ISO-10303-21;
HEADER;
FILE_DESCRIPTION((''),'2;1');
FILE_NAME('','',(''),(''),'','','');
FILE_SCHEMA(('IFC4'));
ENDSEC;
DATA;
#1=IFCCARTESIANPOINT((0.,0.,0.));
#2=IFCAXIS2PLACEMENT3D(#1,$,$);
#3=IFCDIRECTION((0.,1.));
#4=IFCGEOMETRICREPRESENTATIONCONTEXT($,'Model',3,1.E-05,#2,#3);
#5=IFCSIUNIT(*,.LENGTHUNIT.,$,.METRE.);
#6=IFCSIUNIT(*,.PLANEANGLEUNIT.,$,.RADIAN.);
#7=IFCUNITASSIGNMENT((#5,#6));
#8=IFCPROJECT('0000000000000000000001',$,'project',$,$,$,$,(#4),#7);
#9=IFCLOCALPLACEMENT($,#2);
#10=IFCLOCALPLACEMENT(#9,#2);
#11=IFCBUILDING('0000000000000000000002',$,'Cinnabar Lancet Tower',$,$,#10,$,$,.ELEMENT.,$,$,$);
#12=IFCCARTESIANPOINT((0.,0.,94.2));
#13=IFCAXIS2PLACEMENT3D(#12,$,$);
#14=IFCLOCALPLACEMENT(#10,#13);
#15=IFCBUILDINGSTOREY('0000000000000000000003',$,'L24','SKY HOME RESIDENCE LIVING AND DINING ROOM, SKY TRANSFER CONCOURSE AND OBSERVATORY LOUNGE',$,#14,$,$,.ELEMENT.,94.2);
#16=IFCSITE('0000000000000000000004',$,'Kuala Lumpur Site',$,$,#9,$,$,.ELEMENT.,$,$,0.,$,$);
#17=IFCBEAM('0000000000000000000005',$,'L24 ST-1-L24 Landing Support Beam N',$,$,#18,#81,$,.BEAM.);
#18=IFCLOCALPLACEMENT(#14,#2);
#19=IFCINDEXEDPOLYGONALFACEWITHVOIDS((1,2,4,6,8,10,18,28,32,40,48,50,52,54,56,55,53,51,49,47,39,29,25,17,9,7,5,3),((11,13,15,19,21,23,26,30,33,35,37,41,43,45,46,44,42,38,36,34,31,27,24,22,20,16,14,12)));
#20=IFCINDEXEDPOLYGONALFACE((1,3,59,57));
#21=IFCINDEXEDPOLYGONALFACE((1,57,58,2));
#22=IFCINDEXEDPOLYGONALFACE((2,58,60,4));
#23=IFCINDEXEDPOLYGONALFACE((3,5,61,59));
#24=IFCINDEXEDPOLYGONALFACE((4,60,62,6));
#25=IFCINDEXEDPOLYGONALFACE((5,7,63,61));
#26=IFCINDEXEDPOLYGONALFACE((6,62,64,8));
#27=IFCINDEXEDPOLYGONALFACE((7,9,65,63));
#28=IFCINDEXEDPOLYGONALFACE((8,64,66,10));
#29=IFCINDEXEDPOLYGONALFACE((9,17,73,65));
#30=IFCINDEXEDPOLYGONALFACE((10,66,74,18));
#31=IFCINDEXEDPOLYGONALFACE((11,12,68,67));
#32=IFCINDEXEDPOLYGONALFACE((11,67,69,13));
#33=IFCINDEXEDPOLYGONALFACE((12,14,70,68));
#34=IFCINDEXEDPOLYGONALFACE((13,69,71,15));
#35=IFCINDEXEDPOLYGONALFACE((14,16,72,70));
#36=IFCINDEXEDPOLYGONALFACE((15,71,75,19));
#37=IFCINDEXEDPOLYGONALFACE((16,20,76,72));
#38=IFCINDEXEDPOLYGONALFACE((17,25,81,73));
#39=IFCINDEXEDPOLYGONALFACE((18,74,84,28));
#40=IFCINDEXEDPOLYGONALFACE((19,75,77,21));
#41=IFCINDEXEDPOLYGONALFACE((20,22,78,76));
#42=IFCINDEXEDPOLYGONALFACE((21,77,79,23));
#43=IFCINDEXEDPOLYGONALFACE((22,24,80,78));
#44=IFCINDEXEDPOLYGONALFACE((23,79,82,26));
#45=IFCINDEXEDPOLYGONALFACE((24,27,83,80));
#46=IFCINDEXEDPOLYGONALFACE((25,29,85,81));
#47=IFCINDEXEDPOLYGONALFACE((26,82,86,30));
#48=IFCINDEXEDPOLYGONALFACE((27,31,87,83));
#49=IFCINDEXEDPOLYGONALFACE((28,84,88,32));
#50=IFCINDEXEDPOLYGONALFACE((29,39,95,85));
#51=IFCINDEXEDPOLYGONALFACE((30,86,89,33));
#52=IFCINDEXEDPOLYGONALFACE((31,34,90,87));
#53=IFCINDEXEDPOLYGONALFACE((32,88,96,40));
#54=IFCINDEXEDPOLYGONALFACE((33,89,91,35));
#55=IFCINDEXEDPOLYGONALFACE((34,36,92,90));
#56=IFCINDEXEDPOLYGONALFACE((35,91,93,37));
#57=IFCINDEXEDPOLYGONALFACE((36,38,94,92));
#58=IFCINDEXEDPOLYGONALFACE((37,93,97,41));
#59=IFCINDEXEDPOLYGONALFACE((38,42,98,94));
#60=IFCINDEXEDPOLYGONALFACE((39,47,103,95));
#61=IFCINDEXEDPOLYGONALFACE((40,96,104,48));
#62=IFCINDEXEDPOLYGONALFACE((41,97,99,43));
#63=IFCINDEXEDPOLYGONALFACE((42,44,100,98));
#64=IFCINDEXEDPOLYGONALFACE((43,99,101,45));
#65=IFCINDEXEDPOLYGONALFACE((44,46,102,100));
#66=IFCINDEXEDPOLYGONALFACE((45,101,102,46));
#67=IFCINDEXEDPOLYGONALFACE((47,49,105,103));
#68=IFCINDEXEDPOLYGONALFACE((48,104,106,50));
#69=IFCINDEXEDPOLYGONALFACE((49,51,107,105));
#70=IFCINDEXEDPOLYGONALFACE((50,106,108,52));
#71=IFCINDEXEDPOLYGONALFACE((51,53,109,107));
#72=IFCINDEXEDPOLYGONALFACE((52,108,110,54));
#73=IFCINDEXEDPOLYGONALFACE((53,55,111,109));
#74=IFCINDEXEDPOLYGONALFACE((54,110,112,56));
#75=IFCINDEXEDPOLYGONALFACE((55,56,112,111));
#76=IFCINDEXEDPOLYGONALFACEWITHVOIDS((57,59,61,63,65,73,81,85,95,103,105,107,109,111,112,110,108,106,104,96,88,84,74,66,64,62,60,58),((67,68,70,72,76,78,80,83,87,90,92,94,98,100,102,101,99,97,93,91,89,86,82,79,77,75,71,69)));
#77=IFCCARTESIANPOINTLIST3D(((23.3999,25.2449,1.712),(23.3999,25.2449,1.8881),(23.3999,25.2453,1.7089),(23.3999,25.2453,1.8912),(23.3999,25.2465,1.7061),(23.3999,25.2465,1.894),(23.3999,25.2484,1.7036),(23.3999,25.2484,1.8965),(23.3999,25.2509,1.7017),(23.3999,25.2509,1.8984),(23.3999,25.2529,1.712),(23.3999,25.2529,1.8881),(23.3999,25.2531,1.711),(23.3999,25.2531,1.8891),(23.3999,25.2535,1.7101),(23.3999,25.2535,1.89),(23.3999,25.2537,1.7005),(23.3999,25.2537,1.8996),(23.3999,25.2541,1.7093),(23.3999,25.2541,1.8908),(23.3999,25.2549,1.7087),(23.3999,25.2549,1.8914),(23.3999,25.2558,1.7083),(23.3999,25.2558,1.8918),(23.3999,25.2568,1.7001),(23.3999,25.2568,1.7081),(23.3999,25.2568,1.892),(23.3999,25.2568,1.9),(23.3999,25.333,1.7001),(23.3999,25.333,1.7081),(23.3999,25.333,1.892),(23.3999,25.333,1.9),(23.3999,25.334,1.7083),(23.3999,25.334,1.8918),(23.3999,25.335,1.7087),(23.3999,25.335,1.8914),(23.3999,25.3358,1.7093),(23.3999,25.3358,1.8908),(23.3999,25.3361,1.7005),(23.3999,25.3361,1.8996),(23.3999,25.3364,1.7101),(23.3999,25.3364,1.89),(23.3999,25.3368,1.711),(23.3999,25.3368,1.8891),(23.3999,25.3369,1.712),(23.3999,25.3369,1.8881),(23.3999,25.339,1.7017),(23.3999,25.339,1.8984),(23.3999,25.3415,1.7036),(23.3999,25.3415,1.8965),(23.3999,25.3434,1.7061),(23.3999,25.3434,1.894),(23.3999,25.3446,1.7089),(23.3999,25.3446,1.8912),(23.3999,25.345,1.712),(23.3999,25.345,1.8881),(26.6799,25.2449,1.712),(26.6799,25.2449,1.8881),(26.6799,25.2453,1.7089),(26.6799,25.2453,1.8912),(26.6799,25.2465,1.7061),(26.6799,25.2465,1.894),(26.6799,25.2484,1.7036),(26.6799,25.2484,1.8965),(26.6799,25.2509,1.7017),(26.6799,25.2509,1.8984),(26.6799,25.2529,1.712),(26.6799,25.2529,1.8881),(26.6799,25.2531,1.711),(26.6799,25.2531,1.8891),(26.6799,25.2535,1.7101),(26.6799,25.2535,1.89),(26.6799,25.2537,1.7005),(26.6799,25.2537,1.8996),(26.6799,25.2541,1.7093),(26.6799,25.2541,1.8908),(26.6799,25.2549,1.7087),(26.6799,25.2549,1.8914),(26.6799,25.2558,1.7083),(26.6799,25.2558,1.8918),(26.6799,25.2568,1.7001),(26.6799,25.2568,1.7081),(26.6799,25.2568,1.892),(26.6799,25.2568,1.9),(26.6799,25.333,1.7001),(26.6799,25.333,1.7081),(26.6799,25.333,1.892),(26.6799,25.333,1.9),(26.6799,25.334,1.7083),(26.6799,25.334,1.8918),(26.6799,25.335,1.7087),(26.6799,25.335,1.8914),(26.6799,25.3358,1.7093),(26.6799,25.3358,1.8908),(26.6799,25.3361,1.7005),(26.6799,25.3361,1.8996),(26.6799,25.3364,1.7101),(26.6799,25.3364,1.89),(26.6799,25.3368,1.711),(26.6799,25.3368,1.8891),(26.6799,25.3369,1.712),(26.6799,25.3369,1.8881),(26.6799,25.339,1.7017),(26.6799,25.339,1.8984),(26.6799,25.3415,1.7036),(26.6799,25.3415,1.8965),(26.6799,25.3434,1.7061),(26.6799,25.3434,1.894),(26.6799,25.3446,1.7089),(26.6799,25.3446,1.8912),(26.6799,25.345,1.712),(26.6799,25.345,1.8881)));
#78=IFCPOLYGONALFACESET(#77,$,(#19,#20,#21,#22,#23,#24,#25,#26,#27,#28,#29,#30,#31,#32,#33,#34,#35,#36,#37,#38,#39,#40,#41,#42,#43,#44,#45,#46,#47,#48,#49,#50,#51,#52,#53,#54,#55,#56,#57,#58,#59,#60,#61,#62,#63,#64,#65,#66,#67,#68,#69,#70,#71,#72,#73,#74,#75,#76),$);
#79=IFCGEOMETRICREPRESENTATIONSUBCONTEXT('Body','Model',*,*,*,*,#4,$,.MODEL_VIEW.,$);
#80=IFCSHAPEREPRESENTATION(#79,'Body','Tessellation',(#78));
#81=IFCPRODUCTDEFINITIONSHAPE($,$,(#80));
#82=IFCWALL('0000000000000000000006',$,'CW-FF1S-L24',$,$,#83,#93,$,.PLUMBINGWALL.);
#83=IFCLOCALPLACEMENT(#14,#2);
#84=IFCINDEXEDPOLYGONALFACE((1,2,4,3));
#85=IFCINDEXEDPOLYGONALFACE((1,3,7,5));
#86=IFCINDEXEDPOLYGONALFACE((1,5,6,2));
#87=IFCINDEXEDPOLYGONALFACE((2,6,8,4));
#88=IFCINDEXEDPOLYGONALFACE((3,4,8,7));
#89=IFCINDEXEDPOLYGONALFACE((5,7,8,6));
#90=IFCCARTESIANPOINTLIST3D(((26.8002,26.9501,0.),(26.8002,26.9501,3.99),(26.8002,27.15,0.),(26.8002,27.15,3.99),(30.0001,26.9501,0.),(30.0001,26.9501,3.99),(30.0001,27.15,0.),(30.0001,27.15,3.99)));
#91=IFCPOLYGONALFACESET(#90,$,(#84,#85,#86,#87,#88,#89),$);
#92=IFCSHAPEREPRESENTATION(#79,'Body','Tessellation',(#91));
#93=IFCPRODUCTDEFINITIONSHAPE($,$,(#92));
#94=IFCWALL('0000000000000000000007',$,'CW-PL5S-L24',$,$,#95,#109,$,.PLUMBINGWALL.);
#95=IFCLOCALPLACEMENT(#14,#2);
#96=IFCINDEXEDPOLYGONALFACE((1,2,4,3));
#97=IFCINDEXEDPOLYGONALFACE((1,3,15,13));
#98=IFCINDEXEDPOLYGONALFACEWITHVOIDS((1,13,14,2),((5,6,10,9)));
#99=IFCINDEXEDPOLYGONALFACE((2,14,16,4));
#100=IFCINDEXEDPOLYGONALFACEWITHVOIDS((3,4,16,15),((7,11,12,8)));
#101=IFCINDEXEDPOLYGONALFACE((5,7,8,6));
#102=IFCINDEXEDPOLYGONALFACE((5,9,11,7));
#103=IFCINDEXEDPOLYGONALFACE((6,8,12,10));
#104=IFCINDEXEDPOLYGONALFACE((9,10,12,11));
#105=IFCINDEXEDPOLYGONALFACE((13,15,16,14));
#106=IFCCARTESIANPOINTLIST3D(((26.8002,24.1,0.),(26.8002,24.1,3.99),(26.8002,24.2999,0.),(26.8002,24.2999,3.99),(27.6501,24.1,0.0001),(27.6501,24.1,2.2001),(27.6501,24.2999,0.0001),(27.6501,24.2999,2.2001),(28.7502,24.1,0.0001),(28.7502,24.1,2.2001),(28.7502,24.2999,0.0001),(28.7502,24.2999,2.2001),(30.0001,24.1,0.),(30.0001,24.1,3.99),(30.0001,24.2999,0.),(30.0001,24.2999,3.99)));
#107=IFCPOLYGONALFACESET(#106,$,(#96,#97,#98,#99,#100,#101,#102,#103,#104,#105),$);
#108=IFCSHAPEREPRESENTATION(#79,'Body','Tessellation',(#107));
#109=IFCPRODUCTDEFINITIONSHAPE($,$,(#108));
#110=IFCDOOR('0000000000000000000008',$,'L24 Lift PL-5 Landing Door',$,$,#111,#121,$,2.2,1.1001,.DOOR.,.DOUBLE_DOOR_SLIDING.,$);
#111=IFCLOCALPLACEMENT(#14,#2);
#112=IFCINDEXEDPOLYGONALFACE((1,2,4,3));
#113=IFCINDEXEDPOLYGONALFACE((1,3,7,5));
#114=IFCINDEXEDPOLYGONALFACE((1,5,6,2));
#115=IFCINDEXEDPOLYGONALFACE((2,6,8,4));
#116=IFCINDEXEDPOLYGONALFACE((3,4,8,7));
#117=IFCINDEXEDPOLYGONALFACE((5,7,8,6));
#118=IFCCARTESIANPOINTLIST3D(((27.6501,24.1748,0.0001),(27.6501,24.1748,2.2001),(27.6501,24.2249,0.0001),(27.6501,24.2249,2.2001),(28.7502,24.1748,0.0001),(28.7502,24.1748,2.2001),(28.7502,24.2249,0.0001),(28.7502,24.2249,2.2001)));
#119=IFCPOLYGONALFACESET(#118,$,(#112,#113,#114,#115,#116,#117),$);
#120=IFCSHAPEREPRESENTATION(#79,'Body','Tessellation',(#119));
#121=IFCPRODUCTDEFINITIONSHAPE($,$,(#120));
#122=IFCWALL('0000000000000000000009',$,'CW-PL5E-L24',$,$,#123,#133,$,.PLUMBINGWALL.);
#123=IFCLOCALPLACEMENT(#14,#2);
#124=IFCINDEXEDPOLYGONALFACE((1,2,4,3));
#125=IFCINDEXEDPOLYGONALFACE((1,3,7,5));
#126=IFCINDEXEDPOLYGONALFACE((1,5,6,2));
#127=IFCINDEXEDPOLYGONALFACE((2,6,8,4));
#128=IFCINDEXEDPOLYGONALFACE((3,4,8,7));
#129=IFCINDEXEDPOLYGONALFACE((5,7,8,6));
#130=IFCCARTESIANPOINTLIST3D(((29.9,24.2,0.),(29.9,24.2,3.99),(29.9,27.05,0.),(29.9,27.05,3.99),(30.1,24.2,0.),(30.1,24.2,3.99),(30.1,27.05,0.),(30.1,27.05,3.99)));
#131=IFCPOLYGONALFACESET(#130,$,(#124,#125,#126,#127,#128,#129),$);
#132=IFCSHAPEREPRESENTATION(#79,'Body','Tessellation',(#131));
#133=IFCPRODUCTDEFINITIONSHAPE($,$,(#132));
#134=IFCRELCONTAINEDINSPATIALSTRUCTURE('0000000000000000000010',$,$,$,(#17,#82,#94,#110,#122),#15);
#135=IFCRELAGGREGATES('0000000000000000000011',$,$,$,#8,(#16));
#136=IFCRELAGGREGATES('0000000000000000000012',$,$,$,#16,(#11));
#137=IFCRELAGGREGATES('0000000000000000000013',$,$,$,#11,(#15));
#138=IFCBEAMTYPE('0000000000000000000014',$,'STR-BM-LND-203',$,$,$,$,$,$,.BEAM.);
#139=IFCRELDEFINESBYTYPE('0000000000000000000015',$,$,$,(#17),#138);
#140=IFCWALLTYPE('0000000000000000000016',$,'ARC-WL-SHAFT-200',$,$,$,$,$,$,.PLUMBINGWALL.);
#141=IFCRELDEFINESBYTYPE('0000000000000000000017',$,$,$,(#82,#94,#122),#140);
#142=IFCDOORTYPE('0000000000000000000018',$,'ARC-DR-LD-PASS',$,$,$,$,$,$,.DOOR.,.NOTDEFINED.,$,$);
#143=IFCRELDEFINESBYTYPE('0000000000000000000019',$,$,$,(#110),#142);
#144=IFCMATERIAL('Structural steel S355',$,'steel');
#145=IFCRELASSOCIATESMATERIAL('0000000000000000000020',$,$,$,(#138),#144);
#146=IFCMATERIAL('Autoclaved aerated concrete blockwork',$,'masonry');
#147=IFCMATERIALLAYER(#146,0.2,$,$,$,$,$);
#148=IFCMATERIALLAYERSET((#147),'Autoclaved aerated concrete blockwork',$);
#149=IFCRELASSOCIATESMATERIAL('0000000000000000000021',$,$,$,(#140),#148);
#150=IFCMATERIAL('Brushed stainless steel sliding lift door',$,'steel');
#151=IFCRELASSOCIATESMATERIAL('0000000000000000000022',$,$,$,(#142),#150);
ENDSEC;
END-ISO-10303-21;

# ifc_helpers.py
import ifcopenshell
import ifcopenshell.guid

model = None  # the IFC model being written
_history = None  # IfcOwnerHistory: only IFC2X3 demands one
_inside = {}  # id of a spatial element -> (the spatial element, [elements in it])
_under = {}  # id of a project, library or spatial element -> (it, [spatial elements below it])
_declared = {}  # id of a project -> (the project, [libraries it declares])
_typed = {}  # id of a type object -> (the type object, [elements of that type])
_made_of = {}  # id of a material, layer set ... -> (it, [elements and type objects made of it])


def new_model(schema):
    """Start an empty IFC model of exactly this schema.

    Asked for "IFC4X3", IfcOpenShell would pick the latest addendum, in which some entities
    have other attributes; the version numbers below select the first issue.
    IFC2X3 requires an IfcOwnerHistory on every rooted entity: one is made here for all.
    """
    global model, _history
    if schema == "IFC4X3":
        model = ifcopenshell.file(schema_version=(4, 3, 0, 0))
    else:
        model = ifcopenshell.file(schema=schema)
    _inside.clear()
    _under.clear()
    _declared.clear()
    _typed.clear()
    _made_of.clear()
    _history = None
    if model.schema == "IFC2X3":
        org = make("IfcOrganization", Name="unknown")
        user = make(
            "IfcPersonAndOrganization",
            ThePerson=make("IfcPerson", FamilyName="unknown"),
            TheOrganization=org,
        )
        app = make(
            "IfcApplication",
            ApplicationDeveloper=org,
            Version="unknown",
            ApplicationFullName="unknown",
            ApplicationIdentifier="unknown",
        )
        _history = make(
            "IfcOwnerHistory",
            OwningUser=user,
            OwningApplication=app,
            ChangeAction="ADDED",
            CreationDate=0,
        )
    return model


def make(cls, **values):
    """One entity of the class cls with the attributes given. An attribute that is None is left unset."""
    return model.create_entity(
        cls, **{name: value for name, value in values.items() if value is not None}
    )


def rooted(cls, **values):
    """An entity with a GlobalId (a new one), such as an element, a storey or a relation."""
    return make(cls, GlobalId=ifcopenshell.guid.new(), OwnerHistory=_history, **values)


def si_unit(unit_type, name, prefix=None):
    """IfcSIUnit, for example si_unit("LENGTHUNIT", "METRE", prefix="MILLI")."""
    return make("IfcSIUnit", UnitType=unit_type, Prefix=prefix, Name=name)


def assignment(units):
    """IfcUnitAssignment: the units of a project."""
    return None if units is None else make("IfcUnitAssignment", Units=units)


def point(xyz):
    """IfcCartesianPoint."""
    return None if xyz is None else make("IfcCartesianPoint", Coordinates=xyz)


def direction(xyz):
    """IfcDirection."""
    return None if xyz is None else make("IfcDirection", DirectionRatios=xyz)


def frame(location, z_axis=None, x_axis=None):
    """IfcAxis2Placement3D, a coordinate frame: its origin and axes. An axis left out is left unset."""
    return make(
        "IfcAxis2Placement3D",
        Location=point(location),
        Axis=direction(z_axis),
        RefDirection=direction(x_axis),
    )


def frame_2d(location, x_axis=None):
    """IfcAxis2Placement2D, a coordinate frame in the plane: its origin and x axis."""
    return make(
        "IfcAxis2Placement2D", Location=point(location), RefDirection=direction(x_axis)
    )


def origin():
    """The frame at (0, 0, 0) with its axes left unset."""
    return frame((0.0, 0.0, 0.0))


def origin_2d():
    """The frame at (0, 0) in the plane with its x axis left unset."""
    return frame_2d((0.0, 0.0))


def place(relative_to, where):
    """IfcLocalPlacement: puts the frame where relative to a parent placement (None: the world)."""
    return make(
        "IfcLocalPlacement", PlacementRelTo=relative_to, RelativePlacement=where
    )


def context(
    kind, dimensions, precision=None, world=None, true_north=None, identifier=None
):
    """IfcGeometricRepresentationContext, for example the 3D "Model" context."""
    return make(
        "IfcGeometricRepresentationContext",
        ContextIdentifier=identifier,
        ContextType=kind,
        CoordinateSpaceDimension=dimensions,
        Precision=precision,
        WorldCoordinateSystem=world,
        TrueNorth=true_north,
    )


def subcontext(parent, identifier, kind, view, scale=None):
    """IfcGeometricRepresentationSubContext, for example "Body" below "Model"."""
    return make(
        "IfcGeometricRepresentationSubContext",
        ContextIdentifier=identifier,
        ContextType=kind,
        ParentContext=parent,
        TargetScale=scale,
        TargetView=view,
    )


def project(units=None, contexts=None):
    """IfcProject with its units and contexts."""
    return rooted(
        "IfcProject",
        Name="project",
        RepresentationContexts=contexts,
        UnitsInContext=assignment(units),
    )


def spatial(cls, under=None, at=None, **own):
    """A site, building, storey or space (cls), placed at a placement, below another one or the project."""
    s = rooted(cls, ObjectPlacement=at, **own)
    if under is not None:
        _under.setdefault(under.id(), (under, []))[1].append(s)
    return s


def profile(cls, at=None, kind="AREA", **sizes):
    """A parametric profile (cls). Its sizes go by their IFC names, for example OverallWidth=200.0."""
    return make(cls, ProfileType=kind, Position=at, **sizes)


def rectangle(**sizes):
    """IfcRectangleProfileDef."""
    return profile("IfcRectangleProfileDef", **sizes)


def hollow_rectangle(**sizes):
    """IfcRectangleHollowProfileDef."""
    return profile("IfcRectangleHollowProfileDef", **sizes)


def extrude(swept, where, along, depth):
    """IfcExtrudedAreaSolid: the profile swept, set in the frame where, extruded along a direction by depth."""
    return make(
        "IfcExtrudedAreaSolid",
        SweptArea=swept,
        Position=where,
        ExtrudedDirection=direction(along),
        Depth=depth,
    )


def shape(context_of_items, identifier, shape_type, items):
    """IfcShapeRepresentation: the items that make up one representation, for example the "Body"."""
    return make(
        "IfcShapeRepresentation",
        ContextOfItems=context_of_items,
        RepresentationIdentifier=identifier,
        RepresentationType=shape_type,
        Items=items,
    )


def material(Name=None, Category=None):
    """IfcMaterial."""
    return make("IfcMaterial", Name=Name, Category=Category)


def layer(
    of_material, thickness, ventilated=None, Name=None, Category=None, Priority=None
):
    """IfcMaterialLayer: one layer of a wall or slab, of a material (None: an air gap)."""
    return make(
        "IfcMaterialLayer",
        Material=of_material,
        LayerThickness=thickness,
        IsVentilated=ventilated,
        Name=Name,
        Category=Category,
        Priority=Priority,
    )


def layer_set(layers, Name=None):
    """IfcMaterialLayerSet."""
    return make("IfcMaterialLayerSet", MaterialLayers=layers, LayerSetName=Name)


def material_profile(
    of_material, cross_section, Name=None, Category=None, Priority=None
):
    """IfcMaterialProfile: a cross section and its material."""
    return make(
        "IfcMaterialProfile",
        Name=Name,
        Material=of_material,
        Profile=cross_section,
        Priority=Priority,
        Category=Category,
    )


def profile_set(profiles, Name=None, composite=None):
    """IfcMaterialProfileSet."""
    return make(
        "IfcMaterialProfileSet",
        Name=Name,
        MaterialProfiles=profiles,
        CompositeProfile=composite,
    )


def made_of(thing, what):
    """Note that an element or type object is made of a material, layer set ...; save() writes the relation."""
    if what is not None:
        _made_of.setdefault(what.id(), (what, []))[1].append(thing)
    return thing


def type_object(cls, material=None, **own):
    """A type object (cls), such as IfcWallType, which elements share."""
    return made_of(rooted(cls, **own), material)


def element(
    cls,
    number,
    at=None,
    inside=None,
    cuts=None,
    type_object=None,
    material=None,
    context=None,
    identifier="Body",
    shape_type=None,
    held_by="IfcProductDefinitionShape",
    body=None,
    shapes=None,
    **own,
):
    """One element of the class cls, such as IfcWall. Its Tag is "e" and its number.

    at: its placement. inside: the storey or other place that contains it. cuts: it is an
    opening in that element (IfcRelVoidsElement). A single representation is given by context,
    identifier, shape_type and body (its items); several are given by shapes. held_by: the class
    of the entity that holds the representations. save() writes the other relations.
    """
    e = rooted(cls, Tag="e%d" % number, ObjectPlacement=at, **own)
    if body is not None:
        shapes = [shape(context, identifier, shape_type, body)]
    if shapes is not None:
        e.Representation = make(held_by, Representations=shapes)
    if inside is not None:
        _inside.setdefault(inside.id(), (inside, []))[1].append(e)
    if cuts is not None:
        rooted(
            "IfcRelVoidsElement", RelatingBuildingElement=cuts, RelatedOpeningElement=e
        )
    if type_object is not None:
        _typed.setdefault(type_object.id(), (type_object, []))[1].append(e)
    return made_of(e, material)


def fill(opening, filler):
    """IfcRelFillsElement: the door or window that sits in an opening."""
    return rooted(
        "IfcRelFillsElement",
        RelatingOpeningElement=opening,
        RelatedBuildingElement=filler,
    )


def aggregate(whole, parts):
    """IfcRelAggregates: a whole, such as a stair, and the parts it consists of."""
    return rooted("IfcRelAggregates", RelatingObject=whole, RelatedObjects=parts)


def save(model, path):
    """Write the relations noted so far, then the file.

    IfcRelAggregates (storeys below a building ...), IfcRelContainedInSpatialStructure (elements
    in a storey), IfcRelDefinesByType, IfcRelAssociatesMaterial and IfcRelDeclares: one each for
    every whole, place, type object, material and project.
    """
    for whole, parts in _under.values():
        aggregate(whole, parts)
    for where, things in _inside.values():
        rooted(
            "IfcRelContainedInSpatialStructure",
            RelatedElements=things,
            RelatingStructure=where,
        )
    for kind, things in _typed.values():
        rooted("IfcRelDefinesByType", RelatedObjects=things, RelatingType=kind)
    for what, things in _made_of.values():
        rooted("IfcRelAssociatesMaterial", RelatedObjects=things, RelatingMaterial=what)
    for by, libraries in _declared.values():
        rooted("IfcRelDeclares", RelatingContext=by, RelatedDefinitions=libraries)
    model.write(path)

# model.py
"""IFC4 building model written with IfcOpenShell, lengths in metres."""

from ifc_helpers import new_model, si_unit, direction, frame, frame_2d, origin, origin_2d, place, context, subcontext, project, spatial, rectangle, hollow_rectangle, extrude, material, layer, layer_set, material_profile, profile_set, type_object, element, fill, save


model = new_model("IFC4")

# Units and contexts
model_context = context("Model", 3, precision=1e-05, world=origin(), true_north=direction((0.0, 1.0)))
body_context = subcontext(model_context, "Body", "Model", "MODEL_VIEW")
ifc_project = project(units=[si_unit("LENGTHUNIT", "METRE"), si_unit("PLANEANGLEUNIT", "RADIAN")], contexts=[model_context])

# Site, building, storey
site_placement = place(None, origin())
site = spatial("IfcSite", under=ifc_project, at=site_placement, Name="Kuala Lumpur Site", CompositionType="ELEMENT", RefElevation=0.0)
building_placement = place(site_placement, origin())
building = spatial("IfcBuilding", under=site, at=building_placement, Name="Cinnabar Lancet Tower", CompositionType="ELEMENT")
storey_placement = place(building_placement, frame((0.0, 0.0, 94.2)))
storey = spatial("IfcBuildingStorey", under=building, at=storey_placement, Name="L24", Description="SKY HOME RESIDENCE LIVING AND DINING ROOM, SKY TRANSFER CONCOURSE AND OBSERVATORY LOUNGE", CompositionType="ELEMENT", Elevation=94.2)

# Beam
ifc_material_1 = material(Name="Structural steel S355", Category="steel")
ifc_material_profile = material_profile(ifc_material_1, hollow_rectangle(XDim=0.1001, YDim=0.2, WallThickness=0.0081, InnerFilletRadius=0.0039, OuterFilletRadius=0.012, at=origin_2d()), Name="RHS 200x100x8")
ifc_profile_set = profile_set([ifc_material_profile], Name="Structural steel S355")
beam_type = type_object("IfcBeamType", Name="STR-BM-LND-203", PredefinedType="BEAM", material=ifc_profile_set)
beam_placement = place(storey_placement, frame((23.3999, 25.2949, 1.8), z_axis=(1.0, 0.0, 0.0), x_axis=(0.0, 1.0, 0.0)))
element("IfcBeam", 1, at=beam_placement, inside=storey, type_object=beam_type, Name="L24 ST-1-L24 Landing Support Beam N", PredefinedType="BEAM", context=body_context, shape_type="SweptSolid", body=[
    extrude(hollow_rectangle(XDim=0.1001, YDim=0.2, WallThickness=0.0081, InnerFilletRadius=0.0039, OuterFilletRadius=0.012, at=origin_2d()), origin(), (0.0, 0.0, 1.0), 3.28),
])

# Shared definitions
ifc_material_2 = material(Name="Autoclaved aerated concrete blockwork", Category="masonry")
ifc_layer = layer(ifc_material_2, 0.2)
ifc_layer_set = layer_set([ifc_layer], Name="Autoclaved aerated concrete blockwork")
wall_type = type_object("IfcWallType", Name="ARC-WL-SHAFT-200", PredefinedType="PLUMBINGWALL", material=ifc_layer_set)

# Wall
wall_1_placement = place(storey_placement, frame((26.8, 27.05, 0.0), z_axis=(0.0, 0.0, 1.0), x_axis=(1.0, 0.0, 0.0)))
element("IfcWall", 2, at=wall_1_placement, inside=storey, type_object=wall_type, Name="CW-FF1S-L24", PredefinedType="PLUMBINGWALL", context=body_context, shape_type="SweptSolid", body=[
    extrude(rectangle(XDim=3.2, YDim=0.2, at=frame_2d((1.6001, 0.0))), origin(), (0.0, 0.0, 1.0), 3.99),
])

# Wall, opening, door
wall_2_placement = place(storey_placement, frame((26.8, 24.2, 0.0), z_axis=(0.0, 0.0, 1.0), x_axis=(1.0, 0.0, 0.0)))
wall_2 = element("IfcWall", 3, at=wall_2_placement, inside=storey, type_object=wall_type, Name="CW-PL5S-L24", PredefinedType="PLUMBINGWALL", context=body_context, shape_type="SweptSolid", body=[
    extrude(rectangle(XDim=3.2, YDim=0.2, at=frame_2d((1.6001, 0.0))), origin(), (0.0, 0.0, 1.0), 3.99),
])
opening_1_placement = place(wall_2_placement, frame((0.8501, 0.0, 0.0)))
opening_1 = element("IfcOpeningElement", 4, at=opening_1_placement, cuts=wall_2, PredefinedType="OPENING", context=body_context, shape_type="SweptSolid", body=[
    extrude(rectangle(XDim=1.1001, YDim=2.2, at=frame_2d((0.55, 1.1001))), frame((0.0, 0.1099, 0.0), z_axis=(0.0, -1.0, 0.0), x_axis=(1.0, 0.0, 0.0)), (0.0, 0.0, 1.0), 0.22),
])
ifc_material_3 = material(Name="Brushed stainless steel sliding lift door", Category="steel")
door_type_1 = type_object("IfcDoorType", Name="ARC-DR-LD-PASS", OperationType="NOTDEFINED", PredefinedType="DOOR", material=ifc_material_3)
door_1_placement = place(opening_1_placement, origin())
door_1 = element("IfcDoor", 5, at=door_1_placement, inside=storey, type_object=door_type_1, Name="L24 Lift PL-5 Landing Door", OperationType="DOUBLE_DOOR_SLIDING", OverallHeight=2.2, OverallWidth=1.1001, PredefinedType="DOOR", context=body_context, shape_type="SweptSolid", body=[
    extrude(rectangle(XDim=1.1001, YDim=2.2, at=frame_2d((0.55, 1.1001))), frame((0.0, 0.0249, 0.0), z_axis=(0.0, -1.0, 0.0), x_axis=(1.0, 0.0, 0.0)), (0.0, 0.0, 1.0), 0.05),
])
fill(opening_1, door_1)

# Wall
wall_3_placement = place(storey_placement, frame((30.0, 24.2, 0.0), z_axis=(0.0, 0.0, 1.0), x_axis=(0.0, 1.0, 0.0)))
element("IfcWall", 6, at=wall_3_placement, inside=storey, type_object=wall_type, Name="CW-PL5E-L24", PredefinedType="PLUMBINGWALL", context=body_context, shape_type="SweptSolid", body=[
    extrude(rectangle(XDim=2.8501, YDim=0.2, at=frame_2d((1.425, 0.0))), origin(), (0.0, 0.0, 1.0), 3.99),
])

save(model, "model.ifc")
